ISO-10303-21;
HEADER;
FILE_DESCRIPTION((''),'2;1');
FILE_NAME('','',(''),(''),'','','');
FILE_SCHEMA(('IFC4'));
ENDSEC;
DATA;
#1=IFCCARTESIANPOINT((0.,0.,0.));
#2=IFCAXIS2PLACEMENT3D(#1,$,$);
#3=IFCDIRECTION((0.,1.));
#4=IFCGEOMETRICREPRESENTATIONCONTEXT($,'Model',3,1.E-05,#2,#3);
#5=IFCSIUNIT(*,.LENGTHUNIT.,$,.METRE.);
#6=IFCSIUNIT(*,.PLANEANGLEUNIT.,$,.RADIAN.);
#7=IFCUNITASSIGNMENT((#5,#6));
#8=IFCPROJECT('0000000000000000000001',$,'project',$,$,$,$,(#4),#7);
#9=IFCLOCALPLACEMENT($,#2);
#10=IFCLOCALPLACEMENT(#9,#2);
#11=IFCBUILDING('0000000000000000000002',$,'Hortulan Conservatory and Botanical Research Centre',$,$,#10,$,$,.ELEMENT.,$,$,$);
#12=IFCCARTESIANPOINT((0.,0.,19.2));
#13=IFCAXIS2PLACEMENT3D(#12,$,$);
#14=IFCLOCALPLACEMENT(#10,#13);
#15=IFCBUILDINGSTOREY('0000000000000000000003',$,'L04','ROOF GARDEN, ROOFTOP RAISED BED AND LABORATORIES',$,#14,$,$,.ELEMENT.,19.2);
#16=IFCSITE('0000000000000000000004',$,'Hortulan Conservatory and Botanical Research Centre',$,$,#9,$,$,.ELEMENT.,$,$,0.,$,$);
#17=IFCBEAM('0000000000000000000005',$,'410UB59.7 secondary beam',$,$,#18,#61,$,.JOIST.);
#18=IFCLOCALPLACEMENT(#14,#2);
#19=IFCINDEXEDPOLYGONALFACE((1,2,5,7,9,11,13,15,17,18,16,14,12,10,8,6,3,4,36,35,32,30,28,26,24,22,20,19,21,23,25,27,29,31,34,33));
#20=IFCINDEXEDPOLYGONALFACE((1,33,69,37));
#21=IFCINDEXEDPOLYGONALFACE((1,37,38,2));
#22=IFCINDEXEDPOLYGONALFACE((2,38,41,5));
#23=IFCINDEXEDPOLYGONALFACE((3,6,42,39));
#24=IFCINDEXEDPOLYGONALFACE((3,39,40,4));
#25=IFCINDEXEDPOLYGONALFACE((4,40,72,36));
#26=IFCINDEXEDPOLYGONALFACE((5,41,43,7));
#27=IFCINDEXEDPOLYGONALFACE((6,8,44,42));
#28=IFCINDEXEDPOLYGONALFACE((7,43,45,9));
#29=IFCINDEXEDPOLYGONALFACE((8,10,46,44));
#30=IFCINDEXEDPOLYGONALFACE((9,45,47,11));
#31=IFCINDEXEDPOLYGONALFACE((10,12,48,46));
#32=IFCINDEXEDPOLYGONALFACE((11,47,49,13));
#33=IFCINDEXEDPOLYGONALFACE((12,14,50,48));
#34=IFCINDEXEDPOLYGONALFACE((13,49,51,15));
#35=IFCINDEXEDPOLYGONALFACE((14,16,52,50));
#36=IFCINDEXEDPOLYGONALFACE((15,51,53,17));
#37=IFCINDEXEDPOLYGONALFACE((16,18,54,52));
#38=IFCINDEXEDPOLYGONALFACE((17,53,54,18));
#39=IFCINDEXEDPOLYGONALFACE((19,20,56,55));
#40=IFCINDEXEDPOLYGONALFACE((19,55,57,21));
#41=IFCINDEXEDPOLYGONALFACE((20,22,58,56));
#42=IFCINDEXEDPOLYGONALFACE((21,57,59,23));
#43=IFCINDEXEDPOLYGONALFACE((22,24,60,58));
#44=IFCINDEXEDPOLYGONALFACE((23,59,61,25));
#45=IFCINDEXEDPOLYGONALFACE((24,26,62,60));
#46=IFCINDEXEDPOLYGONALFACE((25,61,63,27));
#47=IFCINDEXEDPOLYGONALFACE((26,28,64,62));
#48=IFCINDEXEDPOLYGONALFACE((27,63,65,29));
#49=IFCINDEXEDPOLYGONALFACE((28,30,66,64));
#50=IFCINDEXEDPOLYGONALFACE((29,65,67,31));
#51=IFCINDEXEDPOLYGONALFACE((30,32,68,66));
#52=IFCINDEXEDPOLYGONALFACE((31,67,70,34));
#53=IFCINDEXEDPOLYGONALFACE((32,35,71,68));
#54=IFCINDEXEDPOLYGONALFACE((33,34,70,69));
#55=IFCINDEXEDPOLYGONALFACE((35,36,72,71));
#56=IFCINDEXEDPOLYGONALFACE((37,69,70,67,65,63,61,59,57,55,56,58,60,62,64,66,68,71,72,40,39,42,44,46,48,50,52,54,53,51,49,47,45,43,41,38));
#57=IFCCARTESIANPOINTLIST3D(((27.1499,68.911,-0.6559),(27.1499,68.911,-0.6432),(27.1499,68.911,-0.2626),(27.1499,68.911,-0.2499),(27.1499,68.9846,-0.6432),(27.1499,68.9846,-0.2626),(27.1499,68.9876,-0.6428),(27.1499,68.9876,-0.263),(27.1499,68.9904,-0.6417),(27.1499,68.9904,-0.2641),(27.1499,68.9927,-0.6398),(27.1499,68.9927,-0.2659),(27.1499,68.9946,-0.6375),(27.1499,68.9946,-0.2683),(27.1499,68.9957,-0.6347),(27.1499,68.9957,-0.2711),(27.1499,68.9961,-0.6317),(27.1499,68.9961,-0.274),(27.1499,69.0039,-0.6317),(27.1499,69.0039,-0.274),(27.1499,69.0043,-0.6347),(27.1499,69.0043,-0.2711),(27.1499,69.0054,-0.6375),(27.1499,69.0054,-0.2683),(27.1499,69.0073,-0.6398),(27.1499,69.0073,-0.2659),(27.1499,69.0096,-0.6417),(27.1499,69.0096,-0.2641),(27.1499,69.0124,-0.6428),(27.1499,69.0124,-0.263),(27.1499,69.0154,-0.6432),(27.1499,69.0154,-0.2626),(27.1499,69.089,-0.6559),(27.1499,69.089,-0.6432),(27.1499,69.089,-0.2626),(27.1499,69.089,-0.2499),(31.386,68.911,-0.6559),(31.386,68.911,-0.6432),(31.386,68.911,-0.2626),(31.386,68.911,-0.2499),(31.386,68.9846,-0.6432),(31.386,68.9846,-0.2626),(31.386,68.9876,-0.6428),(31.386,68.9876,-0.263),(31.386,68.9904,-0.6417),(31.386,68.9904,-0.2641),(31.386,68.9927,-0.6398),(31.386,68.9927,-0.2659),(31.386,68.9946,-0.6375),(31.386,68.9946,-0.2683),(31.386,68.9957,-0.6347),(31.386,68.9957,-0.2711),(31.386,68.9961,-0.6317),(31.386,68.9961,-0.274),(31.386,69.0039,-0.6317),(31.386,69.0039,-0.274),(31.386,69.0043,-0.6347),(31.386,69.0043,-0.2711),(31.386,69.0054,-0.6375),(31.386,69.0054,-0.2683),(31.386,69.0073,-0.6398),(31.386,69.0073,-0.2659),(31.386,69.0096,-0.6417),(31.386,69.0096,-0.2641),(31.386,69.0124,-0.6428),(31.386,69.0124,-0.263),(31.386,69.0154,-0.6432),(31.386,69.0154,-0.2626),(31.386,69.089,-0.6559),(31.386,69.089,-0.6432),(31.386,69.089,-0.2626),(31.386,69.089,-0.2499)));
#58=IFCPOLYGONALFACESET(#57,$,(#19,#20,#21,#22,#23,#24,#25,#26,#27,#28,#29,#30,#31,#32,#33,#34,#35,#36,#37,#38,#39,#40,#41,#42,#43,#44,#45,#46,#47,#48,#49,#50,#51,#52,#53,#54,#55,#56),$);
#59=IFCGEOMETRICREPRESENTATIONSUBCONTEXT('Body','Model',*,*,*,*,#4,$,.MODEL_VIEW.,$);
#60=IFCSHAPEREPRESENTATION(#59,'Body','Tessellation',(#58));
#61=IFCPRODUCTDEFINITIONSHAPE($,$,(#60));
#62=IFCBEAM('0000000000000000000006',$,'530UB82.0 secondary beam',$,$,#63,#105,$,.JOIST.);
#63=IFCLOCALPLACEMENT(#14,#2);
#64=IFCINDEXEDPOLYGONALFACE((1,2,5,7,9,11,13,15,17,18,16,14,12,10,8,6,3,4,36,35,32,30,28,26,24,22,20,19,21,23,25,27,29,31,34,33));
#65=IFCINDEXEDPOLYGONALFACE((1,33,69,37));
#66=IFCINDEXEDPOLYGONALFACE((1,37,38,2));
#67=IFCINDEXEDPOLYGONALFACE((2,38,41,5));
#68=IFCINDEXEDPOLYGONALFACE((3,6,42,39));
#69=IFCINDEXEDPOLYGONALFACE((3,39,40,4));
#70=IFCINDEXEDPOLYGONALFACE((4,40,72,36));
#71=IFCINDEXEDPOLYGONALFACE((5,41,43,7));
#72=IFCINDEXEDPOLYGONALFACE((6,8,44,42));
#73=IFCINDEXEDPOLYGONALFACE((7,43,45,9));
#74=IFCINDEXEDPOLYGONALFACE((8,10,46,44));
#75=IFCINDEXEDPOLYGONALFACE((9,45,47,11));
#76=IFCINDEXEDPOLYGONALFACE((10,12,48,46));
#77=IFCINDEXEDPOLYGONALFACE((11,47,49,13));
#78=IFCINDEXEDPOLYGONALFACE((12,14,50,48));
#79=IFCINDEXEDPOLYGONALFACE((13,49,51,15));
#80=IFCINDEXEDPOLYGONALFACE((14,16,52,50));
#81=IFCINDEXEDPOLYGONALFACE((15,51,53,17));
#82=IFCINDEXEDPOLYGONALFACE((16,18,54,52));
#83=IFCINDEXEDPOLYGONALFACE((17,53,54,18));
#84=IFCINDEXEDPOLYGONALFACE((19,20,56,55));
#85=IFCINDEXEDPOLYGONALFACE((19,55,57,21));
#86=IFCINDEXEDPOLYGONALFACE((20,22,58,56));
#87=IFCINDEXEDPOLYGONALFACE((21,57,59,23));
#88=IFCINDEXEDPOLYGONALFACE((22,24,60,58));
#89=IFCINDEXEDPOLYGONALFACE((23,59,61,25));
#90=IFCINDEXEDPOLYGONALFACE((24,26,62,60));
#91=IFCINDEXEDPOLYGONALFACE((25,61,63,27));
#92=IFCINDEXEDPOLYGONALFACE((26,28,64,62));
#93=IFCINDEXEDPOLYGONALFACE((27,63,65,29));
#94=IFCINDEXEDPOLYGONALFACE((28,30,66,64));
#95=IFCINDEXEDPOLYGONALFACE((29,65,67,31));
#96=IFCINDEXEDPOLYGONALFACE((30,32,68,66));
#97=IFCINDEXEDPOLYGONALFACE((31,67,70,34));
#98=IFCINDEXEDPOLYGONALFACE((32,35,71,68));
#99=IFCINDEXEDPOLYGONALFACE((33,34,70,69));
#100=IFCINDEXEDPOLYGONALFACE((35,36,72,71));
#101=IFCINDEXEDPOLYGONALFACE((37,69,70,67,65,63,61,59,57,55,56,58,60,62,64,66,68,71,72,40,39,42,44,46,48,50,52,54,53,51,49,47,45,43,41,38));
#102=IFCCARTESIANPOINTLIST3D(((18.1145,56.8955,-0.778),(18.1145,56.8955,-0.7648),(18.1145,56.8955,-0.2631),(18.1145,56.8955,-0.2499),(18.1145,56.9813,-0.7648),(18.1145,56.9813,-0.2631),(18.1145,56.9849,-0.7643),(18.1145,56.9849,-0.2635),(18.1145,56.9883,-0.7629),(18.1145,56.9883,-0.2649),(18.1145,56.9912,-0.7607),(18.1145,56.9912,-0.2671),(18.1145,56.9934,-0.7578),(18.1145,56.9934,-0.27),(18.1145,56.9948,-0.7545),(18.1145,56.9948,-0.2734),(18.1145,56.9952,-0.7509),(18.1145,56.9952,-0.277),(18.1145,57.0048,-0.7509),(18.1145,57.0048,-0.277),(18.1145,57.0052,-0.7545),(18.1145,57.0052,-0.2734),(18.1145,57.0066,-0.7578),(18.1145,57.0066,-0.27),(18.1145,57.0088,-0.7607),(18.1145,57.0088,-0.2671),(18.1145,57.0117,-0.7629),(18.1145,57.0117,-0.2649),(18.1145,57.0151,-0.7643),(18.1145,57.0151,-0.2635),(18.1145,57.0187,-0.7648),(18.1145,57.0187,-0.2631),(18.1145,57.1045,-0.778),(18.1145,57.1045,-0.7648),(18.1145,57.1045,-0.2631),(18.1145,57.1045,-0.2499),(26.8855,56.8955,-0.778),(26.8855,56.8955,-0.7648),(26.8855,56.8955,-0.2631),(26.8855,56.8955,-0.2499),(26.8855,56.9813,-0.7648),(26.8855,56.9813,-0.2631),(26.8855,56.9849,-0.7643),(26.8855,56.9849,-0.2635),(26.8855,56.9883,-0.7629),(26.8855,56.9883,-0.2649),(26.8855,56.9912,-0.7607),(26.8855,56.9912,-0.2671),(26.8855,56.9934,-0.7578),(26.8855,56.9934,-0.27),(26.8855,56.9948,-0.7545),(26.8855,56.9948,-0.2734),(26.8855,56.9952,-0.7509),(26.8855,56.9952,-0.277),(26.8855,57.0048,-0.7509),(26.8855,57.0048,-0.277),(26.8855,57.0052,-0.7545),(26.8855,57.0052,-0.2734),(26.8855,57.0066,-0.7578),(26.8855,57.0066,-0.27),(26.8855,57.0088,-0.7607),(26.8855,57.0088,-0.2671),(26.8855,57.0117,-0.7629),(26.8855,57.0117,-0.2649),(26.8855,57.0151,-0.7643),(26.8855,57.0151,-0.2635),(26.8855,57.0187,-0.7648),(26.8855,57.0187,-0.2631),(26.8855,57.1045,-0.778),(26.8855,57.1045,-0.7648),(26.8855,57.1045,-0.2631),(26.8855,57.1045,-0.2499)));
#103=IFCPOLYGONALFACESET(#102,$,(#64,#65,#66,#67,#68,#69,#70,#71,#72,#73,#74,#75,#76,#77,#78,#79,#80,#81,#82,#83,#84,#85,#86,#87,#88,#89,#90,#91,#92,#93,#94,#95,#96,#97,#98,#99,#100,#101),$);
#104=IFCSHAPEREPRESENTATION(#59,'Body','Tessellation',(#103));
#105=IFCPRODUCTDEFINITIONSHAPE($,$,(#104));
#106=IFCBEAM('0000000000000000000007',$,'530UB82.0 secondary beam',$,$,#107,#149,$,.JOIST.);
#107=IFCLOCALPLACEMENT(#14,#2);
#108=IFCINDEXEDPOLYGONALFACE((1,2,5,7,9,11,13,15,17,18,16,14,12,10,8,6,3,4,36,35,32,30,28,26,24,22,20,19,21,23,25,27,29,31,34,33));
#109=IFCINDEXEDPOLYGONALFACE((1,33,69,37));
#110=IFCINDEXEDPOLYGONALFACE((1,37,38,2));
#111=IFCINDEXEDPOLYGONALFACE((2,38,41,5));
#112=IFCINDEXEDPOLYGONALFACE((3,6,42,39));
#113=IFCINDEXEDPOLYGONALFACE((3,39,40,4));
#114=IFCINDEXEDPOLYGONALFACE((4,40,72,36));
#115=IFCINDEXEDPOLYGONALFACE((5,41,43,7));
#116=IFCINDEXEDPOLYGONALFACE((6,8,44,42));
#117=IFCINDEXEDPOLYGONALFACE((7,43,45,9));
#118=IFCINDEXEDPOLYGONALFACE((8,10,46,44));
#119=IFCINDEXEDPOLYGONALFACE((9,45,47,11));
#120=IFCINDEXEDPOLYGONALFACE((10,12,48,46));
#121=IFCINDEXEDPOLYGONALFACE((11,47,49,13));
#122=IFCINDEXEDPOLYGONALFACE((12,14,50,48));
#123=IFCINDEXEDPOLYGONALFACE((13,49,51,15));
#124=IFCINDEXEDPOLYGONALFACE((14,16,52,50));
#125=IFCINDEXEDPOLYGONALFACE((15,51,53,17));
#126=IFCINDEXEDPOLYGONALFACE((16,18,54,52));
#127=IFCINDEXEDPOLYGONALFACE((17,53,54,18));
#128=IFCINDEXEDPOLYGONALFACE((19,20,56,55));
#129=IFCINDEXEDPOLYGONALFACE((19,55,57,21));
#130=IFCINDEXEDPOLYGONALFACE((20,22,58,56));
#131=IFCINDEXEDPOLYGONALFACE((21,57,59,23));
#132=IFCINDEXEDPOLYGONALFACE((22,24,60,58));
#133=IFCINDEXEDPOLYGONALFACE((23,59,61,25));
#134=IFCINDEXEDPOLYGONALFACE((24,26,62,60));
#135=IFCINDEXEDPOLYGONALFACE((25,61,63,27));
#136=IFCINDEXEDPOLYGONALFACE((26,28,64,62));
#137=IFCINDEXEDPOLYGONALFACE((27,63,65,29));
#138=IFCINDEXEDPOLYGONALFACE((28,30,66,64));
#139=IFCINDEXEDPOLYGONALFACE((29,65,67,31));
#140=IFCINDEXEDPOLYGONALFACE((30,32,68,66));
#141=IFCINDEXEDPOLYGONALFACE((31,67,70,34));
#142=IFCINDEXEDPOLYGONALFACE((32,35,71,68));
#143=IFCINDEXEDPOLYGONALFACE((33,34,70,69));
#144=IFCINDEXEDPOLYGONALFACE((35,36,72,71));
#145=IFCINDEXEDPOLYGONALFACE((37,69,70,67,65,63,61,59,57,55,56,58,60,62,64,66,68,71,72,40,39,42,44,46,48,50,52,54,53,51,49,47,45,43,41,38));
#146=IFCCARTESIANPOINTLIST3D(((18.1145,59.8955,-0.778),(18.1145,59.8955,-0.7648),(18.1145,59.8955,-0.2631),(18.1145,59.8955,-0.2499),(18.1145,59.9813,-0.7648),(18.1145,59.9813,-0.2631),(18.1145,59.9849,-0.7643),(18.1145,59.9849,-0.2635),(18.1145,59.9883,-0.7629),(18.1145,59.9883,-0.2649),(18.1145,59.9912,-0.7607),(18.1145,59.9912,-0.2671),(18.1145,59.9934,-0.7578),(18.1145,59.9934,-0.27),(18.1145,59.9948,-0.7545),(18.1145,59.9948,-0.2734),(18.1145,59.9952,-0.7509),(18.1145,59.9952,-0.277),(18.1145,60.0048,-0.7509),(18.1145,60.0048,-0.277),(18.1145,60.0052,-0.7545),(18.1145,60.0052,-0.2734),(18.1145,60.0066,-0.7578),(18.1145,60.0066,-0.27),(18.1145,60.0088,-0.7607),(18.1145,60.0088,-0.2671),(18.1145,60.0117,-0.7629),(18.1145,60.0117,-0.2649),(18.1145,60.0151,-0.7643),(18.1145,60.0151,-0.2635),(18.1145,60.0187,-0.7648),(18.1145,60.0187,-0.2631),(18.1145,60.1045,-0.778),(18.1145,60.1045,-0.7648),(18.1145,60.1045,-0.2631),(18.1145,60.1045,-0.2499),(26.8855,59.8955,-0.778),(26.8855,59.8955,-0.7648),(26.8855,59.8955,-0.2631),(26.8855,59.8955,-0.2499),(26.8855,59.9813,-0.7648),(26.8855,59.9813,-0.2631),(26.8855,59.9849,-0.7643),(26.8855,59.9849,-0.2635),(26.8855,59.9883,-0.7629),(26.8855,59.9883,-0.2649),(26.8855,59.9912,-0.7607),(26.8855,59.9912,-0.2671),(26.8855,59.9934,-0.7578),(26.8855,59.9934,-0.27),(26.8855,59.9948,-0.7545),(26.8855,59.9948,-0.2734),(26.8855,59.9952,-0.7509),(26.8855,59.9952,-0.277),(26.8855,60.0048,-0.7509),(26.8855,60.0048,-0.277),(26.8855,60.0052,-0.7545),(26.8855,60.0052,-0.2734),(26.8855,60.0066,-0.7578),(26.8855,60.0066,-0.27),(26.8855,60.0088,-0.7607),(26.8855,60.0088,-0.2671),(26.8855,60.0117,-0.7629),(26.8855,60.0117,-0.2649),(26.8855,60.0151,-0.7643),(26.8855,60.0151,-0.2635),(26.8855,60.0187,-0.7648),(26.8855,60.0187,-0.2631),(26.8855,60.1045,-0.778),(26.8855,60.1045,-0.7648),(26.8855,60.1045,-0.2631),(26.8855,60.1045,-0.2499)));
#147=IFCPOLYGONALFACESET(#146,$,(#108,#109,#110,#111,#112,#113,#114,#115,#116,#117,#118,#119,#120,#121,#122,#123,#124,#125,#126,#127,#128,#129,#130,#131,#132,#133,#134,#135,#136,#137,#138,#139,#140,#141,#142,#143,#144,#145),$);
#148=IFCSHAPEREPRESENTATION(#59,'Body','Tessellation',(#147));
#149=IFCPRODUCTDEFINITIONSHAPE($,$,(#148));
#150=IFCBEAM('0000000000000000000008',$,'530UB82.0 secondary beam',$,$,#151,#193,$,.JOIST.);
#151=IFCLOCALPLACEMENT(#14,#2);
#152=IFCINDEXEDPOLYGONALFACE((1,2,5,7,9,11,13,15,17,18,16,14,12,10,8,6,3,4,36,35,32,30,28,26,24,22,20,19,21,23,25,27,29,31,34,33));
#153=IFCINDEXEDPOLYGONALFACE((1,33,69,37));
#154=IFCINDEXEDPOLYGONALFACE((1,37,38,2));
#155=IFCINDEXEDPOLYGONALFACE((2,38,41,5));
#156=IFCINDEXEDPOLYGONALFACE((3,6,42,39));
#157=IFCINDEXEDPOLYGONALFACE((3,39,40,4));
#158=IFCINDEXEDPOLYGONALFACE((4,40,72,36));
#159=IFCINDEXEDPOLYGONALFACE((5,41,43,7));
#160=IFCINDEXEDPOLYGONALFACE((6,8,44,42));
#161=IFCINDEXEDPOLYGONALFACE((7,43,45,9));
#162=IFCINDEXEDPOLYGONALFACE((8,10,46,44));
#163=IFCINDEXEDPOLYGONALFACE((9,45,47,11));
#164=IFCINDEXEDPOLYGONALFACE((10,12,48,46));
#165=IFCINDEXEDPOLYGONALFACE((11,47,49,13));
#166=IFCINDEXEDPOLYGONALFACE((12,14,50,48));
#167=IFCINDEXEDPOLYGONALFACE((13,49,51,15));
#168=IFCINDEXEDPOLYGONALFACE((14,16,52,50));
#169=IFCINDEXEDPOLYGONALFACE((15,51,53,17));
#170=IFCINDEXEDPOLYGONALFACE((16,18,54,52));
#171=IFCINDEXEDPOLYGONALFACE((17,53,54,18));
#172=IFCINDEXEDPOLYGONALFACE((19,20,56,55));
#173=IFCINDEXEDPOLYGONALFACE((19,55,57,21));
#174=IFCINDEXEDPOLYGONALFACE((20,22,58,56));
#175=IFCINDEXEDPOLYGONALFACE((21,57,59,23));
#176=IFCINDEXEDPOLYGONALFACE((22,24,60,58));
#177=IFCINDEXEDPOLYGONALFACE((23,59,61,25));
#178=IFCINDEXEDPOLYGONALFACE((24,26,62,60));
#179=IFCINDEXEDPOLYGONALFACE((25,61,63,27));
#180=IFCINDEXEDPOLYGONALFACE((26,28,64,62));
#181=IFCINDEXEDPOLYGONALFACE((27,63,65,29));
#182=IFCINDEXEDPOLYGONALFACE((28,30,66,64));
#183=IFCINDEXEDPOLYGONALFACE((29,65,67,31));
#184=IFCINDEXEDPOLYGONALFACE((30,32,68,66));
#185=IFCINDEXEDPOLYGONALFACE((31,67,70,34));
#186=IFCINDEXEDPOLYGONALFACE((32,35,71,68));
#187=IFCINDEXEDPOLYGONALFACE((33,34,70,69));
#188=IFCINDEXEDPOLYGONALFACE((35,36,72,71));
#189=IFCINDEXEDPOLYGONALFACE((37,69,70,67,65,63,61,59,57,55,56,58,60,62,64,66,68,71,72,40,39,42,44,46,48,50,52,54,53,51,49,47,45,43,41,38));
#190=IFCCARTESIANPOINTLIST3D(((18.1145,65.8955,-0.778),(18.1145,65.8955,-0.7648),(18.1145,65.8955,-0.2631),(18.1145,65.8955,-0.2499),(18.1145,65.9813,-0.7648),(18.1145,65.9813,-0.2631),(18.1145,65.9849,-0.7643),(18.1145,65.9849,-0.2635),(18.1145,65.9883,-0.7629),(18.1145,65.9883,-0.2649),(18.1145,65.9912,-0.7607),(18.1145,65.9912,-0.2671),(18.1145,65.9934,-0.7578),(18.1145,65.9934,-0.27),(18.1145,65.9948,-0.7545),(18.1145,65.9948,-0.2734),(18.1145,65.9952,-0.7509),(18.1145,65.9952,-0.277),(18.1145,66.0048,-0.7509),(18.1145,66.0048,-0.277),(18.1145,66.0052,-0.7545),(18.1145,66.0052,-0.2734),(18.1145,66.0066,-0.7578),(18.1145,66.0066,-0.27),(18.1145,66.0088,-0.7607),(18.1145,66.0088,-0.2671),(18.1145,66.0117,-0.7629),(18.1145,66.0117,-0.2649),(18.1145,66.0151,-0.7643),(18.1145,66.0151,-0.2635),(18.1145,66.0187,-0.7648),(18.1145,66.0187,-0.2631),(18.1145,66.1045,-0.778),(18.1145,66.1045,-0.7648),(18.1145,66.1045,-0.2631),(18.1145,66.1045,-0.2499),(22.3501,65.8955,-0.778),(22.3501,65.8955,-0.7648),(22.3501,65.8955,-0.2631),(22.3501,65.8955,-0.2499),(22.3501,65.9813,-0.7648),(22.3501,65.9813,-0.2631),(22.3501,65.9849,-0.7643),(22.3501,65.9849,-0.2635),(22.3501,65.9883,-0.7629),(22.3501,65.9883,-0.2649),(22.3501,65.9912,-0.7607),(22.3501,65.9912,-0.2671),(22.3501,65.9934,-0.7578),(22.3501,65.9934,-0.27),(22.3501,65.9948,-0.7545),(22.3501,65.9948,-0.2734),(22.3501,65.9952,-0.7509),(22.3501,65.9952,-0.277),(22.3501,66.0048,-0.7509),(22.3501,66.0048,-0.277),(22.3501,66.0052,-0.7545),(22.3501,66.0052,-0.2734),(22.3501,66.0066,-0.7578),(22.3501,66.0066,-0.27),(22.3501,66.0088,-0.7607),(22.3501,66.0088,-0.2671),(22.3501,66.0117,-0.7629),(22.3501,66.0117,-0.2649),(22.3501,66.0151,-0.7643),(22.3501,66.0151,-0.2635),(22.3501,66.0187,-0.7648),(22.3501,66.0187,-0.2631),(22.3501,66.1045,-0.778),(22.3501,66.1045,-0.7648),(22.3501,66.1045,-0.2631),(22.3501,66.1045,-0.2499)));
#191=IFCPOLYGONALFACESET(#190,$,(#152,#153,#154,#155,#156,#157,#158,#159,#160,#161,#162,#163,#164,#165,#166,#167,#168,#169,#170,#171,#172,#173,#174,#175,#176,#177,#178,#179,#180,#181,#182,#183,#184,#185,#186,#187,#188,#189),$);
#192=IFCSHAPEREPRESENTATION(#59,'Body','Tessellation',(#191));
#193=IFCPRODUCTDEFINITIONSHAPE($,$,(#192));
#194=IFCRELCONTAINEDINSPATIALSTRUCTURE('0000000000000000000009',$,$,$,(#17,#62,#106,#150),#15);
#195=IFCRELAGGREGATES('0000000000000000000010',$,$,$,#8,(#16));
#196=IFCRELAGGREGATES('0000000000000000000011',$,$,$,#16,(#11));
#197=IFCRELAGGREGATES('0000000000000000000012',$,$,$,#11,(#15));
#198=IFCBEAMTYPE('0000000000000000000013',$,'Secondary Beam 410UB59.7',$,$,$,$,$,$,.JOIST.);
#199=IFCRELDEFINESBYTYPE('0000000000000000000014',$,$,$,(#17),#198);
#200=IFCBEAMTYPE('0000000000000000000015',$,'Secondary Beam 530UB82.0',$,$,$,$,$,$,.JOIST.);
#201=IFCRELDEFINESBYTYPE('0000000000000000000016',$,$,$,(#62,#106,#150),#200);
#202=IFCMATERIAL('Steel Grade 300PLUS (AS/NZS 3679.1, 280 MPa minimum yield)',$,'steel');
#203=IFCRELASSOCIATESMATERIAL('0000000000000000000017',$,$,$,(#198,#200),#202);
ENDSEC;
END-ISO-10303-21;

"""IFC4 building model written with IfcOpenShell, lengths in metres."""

from ifc_helpers import new_model, si_unit, direction, frame, origin, origin_2d, place, context, subcontext, project, spatial, i_section, extrude, material, material_profile, profile_set, type_object, element, save


model = new_model("IFC4")

# Units and contexts
model_context = context("Model", 3, precision=1e-05, world=origin(), true_north=direction((0.0, 1.0)))
body_context = subcontext(model_context, "Body", "Model", "MODEL_VIEW")
ifc_project = project(units=[si_unit("LENGTHUNIT", "METRE"), si_unit("PLANEANGLEUNIT", "RADIAN")], contexts=[model_context])

# Site, building, storey
site_placement = place(None, origin())
site = spatial("IfcSite", under=ifc_project, at=site_placement, Name="Hortulan Conservatory and Botanical Research Centre", CompositionType="ELEMENT", RefElevation=0.0)
building_placement = place(site_placement, origin())
building = spatial("IfcBuilding", under=site, at=building_placement, Name="Hortulan Conservatory and Botanical Research Centre", CompositionType="ELEMENT")
storey_placement = place(building_placement, frame((0.0, 0.0, 19.2)))
storey = spatial("IfcBuildingStorey", under=building, at=storey_placement, Name="L04", Description="ROOF GARDEN, ROOFTOP RAISED BED AND LABORATORIES", CompositionType="ELEMENT", Elevation=19.2)

# Beams
ifc_material_1 = material(Name="Steel Grade 300PLUS (AS/NZS 3679.1, 280 MPa minimum yield)", Category="steel")
ifc_material_profile_1 = material_profile(ifc_material_1, i_section(OverallWidth=0.178, OverallDepth=0.406, WebThickness=0.0078, FlangeThickness=0.0127, FilletRadius=0.0115, at=origin_2d()), Name="410UB59.7")
ifc_profile_set_1 = profile_set([ifc_material_profile_1], Name="Steel Grade 300PLUS (AS/NZS 3679.1, 280 MPa minimum yield)")
beam_type_1 = type_object("IfcBeamType", Name="Secondary Beam 410UB59.7", PredefinedType="JOIST", material=ifc_profile_set_1)
for number, where, z_axis, x_axis, name in (
    (1, (27.1499, 69.0, -0.4529), (1.0, 0.0, 0.0), (0.0, 1.0, 0.0), "410UB59.7 secondary beam"),
):
    element("IfcBeam", number, at=place(storey_placement, frame(where, z_axis=z_axis, x_axis=x_axis)), inside=storey, type_object=beam_type_1, Name=name, PredefinedType="JOIST", context=body_context, shape_type="SweptSolid", body=[
        extrude(i_section(OverallWidth=0.178, OverallDepth=0.406, WebThickness=0.0078, FlangeThickness=0.0127, FilletRadius=0.0115, at=origin_2d()), origin(), (0.0, 0.0, 1.0), 4.2361),
    ])
ifc_material_profile_2 = material_profile(ifc_material_1, i_section(OverallWidth=0.209, OverallDepth=0.5281, WebThickness=0.0095, FlangeThickness=0.0132, FilletRadius=0.0139, at=origin_2d()), Name="530UB82.0")
ifc_profile_set_2 = profile_set([ifc_material_profile_2], Name="Steel Grade 300PLUS (AS/NZS 3679.1, 280 MPa minimum yield)")
beam_type_2 = type_object("IfcBeamType", Name="Secondary Beam 530UB82.0", PredefinedType="JOIST", material=ifc_profile_set_2)
for number, where, z_axis, x_axis, name in (
    (2, (18.1145, 57.0, -0.5139), (1.0, 0.0, 0.0), (0.0, 1.0, 0.0), "530UB82.0 secondary beam"),
    (3, (18.1145, 60.0, -0.5139), (1.0, 0.0, 0.0), (0.0, 1.0, 0.0), "530UB82.0 secondary beam"),
):
    element("IfcBeam", number, at=place(storey_placement, frame(where, z_axis=z_axis, x_axis=x_axis)), inside=storey, type_object=beam_type_2, Name=name, PredefinedType="JOIST", context=body_context, shape_type="SweptSolid", body=[
        extrude(i_section(OverallWidth=0.209, OverallDepth=0.5281, WebThickness=0.0095, FlangeThickness=0.0132, FilletRadius=0.0139, at=origin_2d()), origin(), (0.0, 0.0, 1.0), 8.771),
    ])
for number, where, z_axis, x_axis, name in (
    (4, (18.1145, 66.0, -0.5139), (1.0, 0.0, 0.0), (0.0, 1.0, 0.0), "530UB82.0 secondary beam"),
):
    element("IfcBeam", number, at=place(storey_placement, frame(where, z_axis=z_axis, x_axis=x_axis)), inside=storey, type_object=beam_type_2, Name=name, PredefinedType="JOIST", context=body_context, shape_type="SweptSolid", body=[
        extrude(i_section(OverallWidth=0.209, OverallDepth=0.5281, WebThickness=0.0095, FlangeThickness=0.0132, FilletRadius=0.0139, at=origin_2d()), origin(), (0.0, 0.0, 1.0), 4.2356),
    ])

save(model, "model.ifc")
